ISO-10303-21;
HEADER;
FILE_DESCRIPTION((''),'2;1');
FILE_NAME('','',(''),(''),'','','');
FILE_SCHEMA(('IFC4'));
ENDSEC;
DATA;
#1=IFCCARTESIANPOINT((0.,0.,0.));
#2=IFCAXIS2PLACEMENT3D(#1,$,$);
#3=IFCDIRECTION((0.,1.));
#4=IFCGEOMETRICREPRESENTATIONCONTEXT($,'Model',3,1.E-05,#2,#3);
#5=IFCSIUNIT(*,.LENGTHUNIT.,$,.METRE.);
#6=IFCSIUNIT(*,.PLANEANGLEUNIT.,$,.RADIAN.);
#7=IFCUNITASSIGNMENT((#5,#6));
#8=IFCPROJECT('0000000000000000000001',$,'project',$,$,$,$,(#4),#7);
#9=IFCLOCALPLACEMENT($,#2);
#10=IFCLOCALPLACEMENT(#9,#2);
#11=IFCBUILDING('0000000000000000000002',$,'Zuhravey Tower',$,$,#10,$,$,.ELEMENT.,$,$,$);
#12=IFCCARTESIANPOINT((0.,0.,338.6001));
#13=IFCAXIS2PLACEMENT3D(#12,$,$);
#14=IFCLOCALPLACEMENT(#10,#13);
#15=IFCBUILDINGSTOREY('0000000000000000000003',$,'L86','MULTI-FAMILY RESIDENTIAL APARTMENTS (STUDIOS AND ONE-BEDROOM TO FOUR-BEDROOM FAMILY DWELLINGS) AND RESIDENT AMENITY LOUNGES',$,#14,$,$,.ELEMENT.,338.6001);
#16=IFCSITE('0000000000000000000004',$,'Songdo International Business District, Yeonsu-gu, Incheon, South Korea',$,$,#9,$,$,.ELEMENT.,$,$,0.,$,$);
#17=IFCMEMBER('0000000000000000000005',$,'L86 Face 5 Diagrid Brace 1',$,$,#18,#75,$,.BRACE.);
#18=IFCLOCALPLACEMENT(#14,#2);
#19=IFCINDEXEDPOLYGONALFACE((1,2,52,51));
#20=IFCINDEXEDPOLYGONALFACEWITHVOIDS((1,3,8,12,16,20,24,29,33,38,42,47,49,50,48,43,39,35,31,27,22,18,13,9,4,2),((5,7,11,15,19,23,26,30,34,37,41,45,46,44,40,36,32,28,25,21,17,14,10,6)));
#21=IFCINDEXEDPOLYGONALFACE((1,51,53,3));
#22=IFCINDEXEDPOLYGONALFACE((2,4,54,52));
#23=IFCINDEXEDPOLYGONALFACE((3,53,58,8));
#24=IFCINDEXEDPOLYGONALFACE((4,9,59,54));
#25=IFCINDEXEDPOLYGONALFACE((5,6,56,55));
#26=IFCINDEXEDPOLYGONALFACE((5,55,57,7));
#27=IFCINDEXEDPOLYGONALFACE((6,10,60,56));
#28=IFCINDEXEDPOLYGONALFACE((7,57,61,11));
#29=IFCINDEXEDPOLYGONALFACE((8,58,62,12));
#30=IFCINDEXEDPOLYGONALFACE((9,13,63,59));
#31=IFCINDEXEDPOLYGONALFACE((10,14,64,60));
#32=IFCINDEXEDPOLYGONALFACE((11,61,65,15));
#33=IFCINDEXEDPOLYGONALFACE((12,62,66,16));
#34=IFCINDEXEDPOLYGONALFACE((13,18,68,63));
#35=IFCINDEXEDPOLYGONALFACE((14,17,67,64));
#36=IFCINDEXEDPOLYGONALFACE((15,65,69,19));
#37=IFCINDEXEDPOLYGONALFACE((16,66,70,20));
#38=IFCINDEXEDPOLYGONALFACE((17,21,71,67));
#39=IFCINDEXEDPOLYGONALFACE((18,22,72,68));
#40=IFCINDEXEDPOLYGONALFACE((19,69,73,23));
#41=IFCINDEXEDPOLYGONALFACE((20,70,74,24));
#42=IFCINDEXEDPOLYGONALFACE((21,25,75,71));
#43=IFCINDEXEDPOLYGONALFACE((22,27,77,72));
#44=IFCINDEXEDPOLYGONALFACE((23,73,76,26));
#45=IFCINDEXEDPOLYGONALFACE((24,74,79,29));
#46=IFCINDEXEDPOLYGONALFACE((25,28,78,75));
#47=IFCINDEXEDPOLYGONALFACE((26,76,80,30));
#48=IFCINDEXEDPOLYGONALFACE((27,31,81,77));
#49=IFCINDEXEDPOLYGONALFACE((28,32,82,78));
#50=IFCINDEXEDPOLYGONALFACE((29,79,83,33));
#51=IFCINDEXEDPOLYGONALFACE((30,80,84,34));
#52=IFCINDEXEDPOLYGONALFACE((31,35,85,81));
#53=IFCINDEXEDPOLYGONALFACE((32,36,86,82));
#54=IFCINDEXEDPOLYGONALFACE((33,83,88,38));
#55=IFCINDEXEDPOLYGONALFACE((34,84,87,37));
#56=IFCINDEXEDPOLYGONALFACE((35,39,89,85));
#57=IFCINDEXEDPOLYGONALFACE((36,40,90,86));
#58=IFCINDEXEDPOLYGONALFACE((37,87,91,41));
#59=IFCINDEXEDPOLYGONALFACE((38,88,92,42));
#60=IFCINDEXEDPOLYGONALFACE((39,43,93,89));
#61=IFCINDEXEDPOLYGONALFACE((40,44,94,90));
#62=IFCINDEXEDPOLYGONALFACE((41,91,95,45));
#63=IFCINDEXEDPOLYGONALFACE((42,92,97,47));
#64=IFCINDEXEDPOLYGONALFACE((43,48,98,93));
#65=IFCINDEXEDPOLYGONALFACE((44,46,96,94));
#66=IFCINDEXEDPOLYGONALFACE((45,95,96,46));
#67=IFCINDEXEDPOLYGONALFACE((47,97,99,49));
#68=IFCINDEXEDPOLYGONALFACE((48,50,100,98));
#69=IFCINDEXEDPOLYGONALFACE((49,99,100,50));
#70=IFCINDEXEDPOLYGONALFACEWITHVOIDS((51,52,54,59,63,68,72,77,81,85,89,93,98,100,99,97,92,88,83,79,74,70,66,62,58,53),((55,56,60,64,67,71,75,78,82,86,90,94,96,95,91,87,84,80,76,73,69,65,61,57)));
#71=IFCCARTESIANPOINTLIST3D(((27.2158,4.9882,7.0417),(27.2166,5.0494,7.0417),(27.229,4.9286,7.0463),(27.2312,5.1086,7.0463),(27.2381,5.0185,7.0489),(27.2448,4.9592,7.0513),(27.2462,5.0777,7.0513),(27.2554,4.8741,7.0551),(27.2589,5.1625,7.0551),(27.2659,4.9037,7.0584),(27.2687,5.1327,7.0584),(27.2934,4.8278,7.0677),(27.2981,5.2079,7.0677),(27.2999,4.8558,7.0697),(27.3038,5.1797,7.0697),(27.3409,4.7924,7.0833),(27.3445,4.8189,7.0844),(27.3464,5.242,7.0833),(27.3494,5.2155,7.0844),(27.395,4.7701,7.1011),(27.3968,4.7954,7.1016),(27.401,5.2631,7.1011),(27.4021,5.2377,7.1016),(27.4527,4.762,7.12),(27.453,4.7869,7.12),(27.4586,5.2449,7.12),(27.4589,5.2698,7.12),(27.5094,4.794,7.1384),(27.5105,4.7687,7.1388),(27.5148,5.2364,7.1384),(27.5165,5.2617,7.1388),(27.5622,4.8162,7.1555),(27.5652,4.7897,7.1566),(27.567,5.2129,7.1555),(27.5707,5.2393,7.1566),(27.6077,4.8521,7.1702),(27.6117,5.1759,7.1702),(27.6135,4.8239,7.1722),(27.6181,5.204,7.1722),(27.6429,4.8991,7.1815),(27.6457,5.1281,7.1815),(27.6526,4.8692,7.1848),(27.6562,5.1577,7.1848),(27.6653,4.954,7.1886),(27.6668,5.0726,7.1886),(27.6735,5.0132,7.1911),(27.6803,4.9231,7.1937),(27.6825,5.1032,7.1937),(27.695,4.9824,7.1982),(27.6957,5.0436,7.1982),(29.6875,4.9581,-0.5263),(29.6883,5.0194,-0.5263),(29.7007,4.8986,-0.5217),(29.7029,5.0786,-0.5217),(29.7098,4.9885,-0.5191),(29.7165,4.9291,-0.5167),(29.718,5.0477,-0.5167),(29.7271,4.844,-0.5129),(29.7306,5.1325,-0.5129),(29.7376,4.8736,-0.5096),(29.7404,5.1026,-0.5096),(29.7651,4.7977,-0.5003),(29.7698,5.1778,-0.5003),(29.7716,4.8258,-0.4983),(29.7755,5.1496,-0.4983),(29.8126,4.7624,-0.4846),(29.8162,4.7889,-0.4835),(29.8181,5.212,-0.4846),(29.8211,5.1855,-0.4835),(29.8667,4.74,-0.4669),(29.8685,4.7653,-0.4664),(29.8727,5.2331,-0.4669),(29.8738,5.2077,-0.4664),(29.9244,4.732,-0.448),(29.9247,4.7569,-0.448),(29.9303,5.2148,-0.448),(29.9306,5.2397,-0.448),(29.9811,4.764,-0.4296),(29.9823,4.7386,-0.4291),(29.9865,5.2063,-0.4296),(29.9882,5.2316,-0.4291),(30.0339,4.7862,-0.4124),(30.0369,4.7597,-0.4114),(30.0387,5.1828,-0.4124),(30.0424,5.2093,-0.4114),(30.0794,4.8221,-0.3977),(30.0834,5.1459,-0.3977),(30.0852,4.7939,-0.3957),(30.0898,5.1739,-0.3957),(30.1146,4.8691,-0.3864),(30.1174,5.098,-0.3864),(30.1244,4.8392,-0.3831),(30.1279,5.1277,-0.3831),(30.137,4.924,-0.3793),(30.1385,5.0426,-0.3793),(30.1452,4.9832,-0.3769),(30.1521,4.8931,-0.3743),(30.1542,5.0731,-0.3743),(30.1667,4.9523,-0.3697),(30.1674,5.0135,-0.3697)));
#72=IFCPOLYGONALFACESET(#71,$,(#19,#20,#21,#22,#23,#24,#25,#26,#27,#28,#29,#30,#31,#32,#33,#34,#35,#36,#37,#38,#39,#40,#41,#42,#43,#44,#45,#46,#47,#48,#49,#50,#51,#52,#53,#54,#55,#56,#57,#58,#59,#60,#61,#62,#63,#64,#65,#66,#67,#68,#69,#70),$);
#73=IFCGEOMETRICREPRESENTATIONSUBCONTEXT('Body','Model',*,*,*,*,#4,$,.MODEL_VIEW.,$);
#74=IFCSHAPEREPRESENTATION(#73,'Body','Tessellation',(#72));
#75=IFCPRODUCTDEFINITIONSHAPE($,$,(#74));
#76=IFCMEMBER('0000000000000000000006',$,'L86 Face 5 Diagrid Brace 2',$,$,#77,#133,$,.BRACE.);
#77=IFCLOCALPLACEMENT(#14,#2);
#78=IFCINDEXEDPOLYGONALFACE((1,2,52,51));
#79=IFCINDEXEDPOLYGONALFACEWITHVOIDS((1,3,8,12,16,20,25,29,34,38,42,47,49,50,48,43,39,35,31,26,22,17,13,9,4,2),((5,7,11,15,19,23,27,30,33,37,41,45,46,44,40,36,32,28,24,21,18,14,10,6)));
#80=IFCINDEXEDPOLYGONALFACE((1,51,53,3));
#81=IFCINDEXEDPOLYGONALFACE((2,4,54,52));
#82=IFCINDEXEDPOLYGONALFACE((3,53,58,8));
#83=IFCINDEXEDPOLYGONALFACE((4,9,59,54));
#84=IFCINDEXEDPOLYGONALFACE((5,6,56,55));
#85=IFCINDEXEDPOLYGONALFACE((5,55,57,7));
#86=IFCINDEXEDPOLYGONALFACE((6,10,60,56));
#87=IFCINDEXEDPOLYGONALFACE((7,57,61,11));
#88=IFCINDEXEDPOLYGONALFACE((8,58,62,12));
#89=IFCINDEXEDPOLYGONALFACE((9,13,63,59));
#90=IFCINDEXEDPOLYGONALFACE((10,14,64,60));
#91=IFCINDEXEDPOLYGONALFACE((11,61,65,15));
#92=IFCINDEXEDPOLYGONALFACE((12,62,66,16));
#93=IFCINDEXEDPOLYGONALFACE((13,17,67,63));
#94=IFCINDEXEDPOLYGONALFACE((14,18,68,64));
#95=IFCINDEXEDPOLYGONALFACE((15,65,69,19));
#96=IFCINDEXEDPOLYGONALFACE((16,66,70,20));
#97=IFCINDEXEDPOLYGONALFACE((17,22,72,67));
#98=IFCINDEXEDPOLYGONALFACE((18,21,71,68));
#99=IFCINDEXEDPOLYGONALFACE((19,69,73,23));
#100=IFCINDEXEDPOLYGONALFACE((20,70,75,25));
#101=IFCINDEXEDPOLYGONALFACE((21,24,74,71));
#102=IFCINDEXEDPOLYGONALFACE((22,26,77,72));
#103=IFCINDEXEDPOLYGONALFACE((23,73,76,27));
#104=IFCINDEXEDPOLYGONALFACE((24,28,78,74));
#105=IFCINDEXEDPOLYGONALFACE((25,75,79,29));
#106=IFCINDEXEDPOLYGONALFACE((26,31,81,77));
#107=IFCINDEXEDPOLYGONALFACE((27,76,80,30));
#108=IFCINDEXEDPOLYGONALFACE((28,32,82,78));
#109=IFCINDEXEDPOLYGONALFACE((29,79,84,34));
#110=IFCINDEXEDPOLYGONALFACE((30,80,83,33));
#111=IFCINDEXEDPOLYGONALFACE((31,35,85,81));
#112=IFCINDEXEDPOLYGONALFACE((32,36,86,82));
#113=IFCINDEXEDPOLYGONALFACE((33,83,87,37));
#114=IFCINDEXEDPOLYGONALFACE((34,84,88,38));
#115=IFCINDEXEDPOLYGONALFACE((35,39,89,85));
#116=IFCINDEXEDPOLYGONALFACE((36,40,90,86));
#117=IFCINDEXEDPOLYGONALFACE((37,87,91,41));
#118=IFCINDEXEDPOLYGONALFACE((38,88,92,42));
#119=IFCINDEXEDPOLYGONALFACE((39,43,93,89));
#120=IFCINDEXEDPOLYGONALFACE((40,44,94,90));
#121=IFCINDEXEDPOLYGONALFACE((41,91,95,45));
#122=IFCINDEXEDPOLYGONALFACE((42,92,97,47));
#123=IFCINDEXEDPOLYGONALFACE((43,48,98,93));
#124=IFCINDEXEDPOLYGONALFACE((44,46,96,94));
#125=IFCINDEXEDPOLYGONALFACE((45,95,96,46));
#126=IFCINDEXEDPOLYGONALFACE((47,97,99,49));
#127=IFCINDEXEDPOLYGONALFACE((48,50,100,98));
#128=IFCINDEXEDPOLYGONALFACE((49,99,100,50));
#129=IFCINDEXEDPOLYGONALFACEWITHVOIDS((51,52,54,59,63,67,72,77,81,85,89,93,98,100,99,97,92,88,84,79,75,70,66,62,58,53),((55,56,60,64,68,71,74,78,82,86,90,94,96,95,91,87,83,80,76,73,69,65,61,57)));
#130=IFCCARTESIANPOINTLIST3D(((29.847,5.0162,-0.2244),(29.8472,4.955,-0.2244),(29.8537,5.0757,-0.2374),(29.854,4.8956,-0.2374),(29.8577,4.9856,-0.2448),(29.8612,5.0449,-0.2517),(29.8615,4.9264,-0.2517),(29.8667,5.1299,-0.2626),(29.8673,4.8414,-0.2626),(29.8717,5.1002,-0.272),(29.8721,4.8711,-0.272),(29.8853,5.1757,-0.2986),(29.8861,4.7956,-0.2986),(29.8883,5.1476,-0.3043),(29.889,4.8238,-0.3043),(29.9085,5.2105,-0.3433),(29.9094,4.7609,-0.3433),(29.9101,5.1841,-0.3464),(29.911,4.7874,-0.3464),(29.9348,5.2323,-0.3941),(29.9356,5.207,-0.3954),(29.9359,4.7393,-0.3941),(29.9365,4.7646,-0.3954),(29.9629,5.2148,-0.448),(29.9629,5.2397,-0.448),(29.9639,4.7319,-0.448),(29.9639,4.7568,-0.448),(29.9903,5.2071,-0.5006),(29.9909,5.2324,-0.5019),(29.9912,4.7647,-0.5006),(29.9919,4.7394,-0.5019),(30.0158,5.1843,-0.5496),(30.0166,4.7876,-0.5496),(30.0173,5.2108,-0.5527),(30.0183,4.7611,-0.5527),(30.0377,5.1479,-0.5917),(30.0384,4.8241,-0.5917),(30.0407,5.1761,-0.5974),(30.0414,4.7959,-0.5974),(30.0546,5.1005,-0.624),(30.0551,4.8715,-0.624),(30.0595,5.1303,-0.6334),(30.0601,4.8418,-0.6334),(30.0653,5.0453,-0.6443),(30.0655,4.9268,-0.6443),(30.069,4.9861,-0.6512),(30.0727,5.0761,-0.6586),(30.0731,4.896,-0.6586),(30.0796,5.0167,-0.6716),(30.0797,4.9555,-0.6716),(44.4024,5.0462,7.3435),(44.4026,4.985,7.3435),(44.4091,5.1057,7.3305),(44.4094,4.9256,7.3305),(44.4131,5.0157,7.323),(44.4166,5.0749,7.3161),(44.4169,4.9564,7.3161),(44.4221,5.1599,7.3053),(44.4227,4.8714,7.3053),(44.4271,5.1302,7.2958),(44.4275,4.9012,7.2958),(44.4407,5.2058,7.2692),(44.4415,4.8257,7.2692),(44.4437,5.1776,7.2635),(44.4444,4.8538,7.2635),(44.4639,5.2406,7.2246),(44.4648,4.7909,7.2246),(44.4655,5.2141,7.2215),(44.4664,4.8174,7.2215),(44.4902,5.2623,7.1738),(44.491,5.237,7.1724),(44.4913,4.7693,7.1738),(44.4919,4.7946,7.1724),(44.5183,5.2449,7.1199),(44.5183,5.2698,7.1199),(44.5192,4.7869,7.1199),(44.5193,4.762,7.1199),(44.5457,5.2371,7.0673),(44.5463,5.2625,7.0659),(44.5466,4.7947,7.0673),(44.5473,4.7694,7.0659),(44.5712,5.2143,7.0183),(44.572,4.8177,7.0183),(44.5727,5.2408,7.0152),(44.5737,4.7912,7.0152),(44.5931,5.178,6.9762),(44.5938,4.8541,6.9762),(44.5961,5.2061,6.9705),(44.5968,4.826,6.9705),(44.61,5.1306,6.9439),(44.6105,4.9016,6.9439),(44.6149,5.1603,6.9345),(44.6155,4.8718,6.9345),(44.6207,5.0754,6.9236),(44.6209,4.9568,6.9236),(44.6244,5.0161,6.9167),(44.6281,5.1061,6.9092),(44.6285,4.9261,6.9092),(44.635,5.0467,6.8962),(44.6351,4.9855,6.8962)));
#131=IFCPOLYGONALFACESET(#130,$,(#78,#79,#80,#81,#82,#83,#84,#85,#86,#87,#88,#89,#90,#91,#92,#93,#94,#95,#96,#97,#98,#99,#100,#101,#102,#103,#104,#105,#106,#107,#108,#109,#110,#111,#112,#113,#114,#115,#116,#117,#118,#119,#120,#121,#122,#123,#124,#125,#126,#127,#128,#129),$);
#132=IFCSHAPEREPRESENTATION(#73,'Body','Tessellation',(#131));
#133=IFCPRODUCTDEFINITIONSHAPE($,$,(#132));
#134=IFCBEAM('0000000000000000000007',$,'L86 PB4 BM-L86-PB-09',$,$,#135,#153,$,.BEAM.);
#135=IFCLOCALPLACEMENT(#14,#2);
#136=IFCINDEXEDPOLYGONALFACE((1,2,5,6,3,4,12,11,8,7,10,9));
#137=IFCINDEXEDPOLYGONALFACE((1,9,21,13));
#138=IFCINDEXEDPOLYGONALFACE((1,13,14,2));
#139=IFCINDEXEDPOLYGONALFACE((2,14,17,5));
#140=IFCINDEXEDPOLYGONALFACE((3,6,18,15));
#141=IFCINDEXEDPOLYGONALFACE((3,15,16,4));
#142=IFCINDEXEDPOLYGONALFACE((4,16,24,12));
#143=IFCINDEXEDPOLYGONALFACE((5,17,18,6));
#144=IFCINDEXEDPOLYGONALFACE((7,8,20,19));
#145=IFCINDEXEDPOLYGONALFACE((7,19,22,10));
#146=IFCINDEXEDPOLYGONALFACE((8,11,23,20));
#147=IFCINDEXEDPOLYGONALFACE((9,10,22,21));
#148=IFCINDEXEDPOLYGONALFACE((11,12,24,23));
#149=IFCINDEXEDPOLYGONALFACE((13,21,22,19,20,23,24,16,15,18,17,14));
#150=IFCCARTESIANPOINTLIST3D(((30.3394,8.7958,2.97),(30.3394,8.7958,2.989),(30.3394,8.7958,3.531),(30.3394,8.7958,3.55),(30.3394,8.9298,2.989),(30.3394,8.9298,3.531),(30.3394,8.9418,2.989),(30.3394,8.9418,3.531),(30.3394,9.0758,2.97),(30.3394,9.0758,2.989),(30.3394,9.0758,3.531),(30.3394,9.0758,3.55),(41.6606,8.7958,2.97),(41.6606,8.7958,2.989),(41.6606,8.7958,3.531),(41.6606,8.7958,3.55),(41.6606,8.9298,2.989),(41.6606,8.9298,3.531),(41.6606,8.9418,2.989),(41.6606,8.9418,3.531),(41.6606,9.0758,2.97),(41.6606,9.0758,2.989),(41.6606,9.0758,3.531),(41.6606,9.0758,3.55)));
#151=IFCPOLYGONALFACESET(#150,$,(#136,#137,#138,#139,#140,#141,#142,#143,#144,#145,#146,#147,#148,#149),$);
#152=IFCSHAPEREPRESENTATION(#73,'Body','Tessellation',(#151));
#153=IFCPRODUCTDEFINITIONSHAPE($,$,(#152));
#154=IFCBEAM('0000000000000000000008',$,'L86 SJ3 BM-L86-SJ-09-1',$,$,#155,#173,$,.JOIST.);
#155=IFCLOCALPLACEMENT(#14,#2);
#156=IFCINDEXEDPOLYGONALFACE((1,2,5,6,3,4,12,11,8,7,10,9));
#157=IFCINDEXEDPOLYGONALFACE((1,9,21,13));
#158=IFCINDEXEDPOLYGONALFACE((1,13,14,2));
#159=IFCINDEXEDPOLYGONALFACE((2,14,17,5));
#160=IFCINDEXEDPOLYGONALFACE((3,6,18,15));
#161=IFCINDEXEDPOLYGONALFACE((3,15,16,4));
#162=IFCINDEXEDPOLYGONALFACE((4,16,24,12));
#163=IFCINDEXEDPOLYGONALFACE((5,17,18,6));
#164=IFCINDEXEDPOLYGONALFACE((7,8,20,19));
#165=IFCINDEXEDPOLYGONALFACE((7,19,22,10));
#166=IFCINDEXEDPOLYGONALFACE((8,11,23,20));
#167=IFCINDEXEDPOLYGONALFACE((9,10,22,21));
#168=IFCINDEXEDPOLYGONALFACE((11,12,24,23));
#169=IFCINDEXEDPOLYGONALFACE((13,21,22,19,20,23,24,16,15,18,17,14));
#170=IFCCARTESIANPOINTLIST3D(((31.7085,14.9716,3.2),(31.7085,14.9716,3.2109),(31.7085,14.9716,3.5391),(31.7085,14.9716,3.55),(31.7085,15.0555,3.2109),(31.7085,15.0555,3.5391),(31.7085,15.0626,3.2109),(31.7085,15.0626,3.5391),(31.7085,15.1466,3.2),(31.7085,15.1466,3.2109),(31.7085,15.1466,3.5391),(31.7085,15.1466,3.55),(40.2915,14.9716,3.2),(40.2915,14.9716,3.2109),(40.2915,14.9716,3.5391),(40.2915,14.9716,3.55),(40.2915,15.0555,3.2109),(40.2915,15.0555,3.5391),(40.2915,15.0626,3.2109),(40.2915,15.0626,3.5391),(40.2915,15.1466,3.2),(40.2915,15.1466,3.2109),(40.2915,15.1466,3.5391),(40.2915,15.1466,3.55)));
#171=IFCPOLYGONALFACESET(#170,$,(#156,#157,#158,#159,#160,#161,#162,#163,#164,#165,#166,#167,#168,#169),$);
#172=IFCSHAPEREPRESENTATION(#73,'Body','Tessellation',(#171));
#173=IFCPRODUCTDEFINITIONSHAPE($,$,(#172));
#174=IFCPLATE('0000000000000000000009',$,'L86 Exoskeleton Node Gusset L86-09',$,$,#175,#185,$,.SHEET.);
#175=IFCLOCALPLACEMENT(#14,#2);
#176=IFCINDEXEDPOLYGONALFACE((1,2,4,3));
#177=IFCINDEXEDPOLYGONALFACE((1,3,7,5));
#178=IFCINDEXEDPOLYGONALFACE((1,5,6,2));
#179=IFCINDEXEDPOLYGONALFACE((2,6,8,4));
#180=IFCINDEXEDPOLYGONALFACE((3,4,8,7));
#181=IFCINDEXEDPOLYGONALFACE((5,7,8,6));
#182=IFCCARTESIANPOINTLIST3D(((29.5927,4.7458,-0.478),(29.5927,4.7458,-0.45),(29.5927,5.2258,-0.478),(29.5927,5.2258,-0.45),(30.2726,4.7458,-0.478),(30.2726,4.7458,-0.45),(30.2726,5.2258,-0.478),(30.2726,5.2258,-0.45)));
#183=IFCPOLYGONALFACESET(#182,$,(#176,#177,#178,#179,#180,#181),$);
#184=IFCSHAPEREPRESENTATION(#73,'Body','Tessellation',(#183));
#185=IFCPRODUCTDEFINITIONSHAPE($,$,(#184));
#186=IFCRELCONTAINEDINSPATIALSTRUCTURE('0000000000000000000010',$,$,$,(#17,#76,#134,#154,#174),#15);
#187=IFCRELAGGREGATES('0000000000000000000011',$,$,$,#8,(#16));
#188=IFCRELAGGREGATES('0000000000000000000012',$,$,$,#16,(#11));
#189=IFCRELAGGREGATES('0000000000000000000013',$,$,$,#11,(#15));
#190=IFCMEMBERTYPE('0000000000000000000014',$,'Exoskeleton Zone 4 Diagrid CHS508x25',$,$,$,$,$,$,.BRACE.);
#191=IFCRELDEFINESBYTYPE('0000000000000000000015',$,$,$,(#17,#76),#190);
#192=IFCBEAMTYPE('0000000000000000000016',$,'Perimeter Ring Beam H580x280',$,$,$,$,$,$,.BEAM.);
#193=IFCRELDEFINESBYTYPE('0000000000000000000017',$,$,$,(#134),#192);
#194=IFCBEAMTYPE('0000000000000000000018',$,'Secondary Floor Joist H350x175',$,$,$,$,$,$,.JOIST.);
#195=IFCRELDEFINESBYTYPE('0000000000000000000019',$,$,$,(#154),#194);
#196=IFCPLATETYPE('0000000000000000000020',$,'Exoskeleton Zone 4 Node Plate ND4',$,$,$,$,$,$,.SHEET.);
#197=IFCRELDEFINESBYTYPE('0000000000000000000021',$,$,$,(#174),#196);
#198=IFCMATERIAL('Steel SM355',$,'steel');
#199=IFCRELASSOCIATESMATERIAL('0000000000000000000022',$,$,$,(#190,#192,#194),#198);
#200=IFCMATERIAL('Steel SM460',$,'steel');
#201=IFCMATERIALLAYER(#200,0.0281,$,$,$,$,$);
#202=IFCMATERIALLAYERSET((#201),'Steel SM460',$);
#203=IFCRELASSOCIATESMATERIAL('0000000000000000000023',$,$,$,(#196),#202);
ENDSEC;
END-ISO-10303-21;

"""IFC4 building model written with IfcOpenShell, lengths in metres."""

from ifc_helpers import new_model, si_unit, direction, frame, origin, origin_2d, place, context, subcontext, project, spatial, rectangle, hollow_circle, i_section, extrude, material, layer, layer_set, material_profile, profile_set, type_object, element, save


model = new_model("IFC4")

# Units and contexts
model_context = context("Model", 3, precision=1e-05, world=origin(), true_north=direction((0.0, 1.0)))
body_context = subcontext(model_context, "Body", "Model", "MODEL_VIEW")
ifc_project = project(units=[si_unit("LENGTHUNIT", "METRE"), si_unit("PLANEANGLEUNIT", "RADIAN")], contexts=[model_context])

# Site, building, storey
site_placement = place(None, origin())
site = spatial("IfcSite", under=ifc_project, at=site_placement, Name="Songdo International Business District, Yeonsu-gu, Incheon, South Korea", CompositionType="ELEMENT", RefElevation=0.0)
building_placement = place(site_placement, origin())
building = spatial("IfcBuilding", under=site, at=building_placement, Name="Zuhravey Tower", CompositionType="ELEMENT")
storey_placement = place(building_placement, frame((0.0, 0.0, 338.6001)))
storey = spatial("IfcBuildingStorey", under=building, at=storey_placement, Name="L86", Description="MULTI-FAMILY RESIDENTIAL APARTMENTS (STUDIOS AND ONE-BEDROOM TO FOUR-BEDROOM FAMILY DWELLINGS) AND RESIDENT AMENITY LOUNGES", CompositionType="ELEMENT", Elevation=338.6001)

# Members
ifc_material_1 = material(Name="Steel SM355", Category="steel")
ifc_material_profile_1 = material_profile(ifc_material_1, hollow_circle(Radius=0.2539, WallThickness=0.0249, at=origin_2d()), Name="CHS-508.0x25")
ifc_profile_set_1 = profile_set([ifc_material_profile_1], Name="Steel SM355")
member_type_1 = type_object("IfcMemberType", Name="Exoskeleton Zone 4 Diagrid CHS508x25", PredefinedType="BRACE", material=ifc_profile_set_1)
member_1_placement = place(storey_placement, frame((29.9275, 4.9858, -0.448), z_axis=(-0.310461, 0.003772, 0.950579), x_axis=(-0.012148, -0.999926, 0.0)))
element("IfcMember", 1, at=member_1_placement, inside=storey, type_object=member_type_1, Name="L86 Face 5 Diagrid Brace 1", PredefinedType="BRACE", context=body_context, shape_type="SweptSolid", body=[
    extrude(hollow_circle(Radius=0.2539, WallThickness=0.0249, at=origin_2d()), origin(), (0.0, 0.0, 1.0), 7.9614),
])
member_2_placement = place(storey_placement, frame((29.9634, 4.9858, -0.448), z_axis=(0.887239, 0.00183, 0.461307), x_axis=(-0.002063, 0.999998, 0.0)))
element("IfcMember", 2, at=member_2_placement, inside=storey, type_object=member_type_1, Name="L86 Face 5 Diagrid Brace 2", PredefinedType="BRACE", context=body_context, shape_type="SweptSolid", body=[
    extrude(hollow_circle(Radius=0.2539, WallThickness=0.0249, at=origin_2d()), origin(), (0.0, 0.0, 1.0), 16.4053),
])

# Beams
ifc_material_profile_2 = material_profile(ifc_material_1, i_section(OverallWidth=0.28, OverallDepth=0.5801, WebThickness=0.012, FlangeThickness=0.019, at=origin_2d()), Name="H-580x280x12x19")
ifc_profile_set_2 = profile_set([ifc_material_profile_2], Name="Steel SM355")
beam_type_1 = type_object("IfcBeamType", Name="Perimeter Ring Beam H580x280", PredefinedType="BEAM", material=ifc_profile_set_2)
beam_1_placement = place(storey_placement, frame((30.3394, 8.9358, 3.26), z_axis=(1.0, 0.0, 0.0), x_axis=(0.0, 1.0, 0.0)))
element("IfcBeam", 3, at=beam_1_placement, inside=storey, type_object=beam_type_1, Name="L86 PB4 BM-L86-PB-09", PredefinedType="BEAM", context=body_context, shape_type="SweptSolid", body=[
    extrude(i_section(OverallWidth=0.28, OverallDepth=0.5801, WebThickness=0.012, FlangeThickness=0.019, at=origin_2d()), origin(), (0.0, 0.0, 1.0), 11.3213),
])
ifc_material_profile_3 = material_profile(ifc_material_1, i_section(OverallWidth=0.175, OverallDepth=0.3501, WebThickness=0.0071, FlangeThickness=0.011, at=origin_2d()), Name="H-350x175x7x11")
ifc_profile_set_3 = profile_set([ifc_material_profile_3], Name="Steel SM355")
beam_type_2 = type_object("IfcBeamType", Name="Secondary Floor Joist H350x175", PredefinedType="JOIST", material=ifc_profile_set_3)
beam_2_placement = place(storey_placement, frame((31.7085, 15.0591, 3.375), z_axis=(1.0, 0.0, 0.0), x_axis=(0.0, 1.0, 0.0)))
element("IfcBeam", 4, at=beam_2_placement, inside=storey, type_object=beam_type_2, Name="L86 SJ3 BM-L86-SJ-09-1", PredefinedType="JOIST", context=body_context, shape_type="SweptSolid", body=[
    extrude(i_section(OverallWidth=0.175, OverallDepth=0.3501, WebThickness=0.0071, FlangeThickness=0.011, at=origin_2d()), origin(), (0.0, 0.0, 1.0), 8.583),
])

# Plate
ifc_material_2 = material(Name="Steel SM460", Category="steel")
ifc_layer_1 = layer(ifc_material_2, 0.0281)
ifc_layer_set_1 = layer_set([ifc_layer_1], Name="Steel SM460")
plate_type_1 = type_object("IfcPlateType", Name="Exoskeleton Zone 4 Node Plate ND4", PredefinedType="SHEET", material=ifc_layer_set_1)
plate_1_placement = place(storey_placement, frame((29.9326, 4.9858, -0.478), z_axis=(0.0, 0.0, 1.0), x_axis=(1.0, 0.0, 0.0)))
element("IfcPlate", 5, at=plate_1_placement, inside=storey, type_object=plate_type_1, Name="L86 Exoskeleton Node Gusset L86-09", PredefinedType="SHEET", context=body_context, shape_type="SweptSolid", body=[
    extrude(rectangle(XDim=0.6799, YDim=0.48, at=origin_2d()), origin(), (0.0, 0.0, 1.0), 0.0281),
])

save(model, "model.ifc")
